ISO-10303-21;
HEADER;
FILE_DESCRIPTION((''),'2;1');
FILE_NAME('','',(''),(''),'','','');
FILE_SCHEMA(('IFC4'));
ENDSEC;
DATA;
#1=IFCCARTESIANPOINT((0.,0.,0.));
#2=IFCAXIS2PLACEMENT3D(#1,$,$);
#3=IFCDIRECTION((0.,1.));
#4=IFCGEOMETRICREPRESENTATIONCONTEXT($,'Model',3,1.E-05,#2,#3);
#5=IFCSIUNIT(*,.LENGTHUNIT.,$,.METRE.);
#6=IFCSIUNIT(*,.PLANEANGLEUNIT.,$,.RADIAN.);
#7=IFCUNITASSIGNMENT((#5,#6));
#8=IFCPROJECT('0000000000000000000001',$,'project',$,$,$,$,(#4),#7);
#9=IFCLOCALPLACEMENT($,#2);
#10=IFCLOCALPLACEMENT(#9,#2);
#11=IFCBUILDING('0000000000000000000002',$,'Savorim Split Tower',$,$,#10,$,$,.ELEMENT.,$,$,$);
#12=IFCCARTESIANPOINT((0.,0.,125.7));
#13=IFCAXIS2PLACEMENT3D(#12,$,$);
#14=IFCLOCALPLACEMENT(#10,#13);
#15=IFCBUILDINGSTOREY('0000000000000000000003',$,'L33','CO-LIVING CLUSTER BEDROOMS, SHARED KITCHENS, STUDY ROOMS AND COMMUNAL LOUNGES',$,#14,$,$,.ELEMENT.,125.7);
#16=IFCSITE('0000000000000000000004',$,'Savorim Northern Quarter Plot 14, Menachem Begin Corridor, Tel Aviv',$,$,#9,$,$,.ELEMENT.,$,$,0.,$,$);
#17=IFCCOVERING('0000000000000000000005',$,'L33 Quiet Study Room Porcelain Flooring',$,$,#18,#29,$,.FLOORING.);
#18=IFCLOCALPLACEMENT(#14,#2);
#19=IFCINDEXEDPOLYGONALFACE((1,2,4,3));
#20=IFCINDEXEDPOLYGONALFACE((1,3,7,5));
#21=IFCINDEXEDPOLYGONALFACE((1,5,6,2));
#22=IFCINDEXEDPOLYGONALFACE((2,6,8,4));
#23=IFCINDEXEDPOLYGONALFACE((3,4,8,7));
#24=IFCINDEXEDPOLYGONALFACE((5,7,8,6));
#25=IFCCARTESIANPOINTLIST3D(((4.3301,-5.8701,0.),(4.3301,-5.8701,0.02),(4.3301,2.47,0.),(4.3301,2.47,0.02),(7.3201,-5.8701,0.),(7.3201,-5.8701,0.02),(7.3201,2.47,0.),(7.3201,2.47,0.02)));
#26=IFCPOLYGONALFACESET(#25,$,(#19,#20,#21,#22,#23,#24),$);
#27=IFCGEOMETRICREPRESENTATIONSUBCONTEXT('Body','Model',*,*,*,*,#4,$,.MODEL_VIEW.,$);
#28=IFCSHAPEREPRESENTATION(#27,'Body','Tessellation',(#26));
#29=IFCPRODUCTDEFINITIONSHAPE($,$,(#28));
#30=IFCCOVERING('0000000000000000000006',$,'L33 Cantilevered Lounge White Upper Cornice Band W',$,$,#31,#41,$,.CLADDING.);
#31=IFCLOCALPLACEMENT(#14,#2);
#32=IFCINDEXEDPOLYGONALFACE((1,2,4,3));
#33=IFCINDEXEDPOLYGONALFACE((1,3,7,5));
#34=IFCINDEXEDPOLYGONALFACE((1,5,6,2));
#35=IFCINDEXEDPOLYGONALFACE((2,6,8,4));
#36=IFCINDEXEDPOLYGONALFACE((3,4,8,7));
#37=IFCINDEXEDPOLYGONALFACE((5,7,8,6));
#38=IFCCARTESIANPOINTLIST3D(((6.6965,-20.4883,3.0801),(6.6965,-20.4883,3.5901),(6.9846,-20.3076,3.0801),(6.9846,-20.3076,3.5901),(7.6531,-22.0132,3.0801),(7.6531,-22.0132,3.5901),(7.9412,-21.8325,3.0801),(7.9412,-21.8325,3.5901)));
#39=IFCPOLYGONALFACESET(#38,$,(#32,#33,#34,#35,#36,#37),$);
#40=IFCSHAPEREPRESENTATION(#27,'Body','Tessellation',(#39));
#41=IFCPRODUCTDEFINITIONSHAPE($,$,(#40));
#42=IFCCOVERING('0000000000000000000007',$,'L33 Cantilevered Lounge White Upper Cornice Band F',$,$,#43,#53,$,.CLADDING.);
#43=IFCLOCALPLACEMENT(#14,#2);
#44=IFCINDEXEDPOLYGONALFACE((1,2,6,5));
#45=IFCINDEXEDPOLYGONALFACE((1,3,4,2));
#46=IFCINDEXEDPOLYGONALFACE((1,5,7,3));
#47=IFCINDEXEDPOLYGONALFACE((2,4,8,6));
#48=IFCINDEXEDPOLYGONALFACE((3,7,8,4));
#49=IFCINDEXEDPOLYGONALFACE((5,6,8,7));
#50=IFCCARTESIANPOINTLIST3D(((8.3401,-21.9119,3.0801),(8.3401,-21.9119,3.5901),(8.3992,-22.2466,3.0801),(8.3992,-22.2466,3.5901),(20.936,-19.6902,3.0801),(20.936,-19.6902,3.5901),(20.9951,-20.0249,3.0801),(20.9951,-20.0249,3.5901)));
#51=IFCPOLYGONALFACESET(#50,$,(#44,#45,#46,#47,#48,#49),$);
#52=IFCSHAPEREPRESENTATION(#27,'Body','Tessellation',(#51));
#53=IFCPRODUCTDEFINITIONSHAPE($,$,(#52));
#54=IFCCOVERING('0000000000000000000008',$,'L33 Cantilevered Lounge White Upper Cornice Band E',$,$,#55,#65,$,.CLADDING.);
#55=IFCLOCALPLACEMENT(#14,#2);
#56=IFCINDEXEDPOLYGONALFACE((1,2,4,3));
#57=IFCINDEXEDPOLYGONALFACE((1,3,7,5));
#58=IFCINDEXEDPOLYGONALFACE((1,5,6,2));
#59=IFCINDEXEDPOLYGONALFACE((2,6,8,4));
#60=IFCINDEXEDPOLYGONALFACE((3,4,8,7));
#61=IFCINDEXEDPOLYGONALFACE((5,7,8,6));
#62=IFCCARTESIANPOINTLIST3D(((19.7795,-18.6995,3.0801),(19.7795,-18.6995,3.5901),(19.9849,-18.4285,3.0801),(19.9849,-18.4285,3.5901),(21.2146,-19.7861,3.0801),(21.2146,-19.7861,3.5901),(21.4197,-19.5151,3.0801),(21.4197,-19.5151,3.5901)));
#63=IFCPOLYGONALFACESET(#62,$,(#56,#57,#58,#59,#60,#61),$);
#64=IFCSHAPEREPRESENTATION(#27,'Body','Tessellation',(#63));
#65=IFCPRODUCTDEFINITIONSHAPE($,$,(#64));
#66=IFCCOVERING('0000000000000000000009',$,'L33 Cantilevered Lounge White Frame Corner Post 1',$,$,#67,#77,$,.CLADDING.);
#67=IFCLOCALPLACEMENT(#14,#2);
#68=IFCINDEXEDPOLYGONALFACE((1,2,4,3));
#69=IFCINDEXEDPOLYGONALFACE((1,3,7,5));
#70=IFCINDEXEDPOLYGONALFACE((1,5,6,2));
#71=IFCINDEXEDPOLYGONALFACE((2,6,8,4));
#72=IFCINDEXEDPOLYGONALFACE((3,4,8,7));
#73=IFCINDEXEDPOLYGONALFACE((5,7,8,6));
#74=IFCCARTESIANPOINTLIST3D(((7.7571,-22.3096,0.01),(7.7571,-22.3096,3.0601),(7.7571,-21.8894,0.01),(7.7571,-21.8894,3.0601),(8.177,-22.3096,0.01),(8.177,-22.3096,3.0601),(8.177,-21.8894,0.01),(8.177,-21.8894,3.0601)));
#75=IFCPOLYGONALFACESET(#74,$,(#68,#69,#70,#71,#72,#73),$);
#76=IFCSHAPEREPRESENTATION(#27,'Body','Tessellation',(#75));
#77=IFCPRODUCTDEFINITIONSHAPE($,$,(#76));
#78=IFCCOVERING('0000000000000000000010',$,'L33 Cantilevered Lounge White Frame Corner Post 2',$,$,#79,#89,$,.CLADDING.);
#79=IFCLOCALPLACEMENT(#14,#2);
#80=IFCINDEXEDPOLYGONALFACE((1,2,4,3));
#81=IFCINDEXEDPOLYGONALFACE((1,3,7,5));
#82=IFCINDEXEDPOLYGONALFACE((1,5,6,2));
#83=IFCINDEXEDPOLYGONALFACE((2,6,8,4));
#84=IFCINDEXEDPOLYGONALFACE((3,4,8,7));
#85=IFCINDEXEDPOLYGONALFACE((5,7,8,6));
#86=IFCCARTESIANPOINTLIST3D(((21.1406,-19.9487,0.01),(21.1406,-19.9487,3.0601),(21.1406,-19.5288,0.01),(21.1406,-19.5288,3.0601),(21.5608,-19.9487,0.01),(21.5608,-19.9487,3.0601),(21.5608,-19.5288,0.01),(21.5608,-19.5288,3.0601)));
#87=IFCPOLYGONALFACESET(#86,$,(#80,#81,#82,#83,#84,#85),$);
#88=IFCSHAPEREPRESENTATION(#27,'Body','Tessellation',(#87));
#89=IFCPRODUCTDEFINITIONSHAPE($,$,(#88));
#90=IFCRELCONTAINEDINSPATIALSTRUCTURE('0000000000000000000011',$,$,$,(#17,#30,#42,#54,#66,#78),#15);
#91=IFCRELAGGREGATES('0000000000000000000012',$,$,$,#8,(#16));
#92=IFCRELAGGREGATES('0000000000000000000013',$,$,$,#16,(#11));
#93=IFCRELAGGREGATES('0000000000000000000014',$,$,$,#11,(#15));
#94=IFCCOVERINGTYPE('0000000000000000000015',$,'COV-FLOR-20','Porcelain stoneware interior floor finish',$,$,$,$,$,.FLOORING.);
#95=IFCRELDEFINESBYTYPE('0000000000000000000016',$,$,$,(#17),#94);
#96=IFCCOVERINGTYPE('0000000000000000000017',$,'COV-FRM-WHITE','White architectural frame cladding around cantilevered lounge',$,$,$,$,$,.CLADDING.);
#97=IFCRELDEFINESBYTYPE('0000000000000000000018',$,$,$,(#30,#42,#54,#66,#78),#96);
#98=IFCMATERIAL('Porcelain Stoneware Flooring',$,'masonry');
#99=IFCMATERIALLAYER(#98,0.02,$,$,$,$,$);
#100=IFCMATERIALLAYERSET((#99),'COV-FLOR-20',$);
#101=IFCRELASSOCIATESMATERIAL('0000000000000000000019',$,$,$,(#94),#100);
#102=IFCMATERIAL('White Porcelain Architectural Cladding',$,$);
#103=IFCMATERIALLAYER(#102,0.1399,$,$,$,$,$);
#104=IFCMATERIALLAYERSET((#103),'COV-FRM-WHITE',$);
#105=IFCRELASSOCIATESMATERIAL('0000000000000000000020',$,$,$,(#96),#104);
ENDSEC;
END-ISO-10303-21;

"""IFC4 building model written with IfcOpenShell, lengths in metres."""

from ifc_helpers import new_model, si_unit, direction, frame, origin, place, context, subcontext, project, spatial, polyline, outline, extrude, material, layer, layer_set, type_object, element, save


model = new_model("IFC4")

# Units and contexts
model_context = context("Model", 3, precision=1e-05, world=origin(), true_north=direction((0.0, 1.0)))
body_context = subcontext(model_context, "Body", "Model", "MODEL_VIEW")
ifc_project = project(units=[si_unit("LENGTHUNIT", "METRE"), si_unit("PLANEANGLEUNIT", "RADIAN")], contexts=[model_context])

# Site, building, storey
site_placement = place(None, origin())
site = spatial("IfcSite", under=ifc_project, at=site_placement, Name="Savorim Northern Quarter Plot 14, Menachem Begin Corridor, Tel Aviv", CompositionType="ELEMENT", RefElevation=0.0)
building_placement = place(site_placement, origin())
building = spatial("IfcBuilding", under=site, at=building_placement, Name="Savorim Split Tower", CompositionType="ELEMENT")
storey_placement = place(building_placement, frame((0.0, 0.0, 125.7)))
storey = spatial("IfcBuildingStorey", under=building, at=storey_placement, Name="L33", Description="CO-LIVING CLUSTER BEDROOMS, SHARED KITCHENS, STUDY ROOMS AND COMMUNAL LOUNGES", CompositionType="ELEMENT", Elevation=125.7)

# Coverings
ifc_material_1 = material(Name="Porcelain Stoneware Flooring", Category="masonry")
ifc_layer_1 = layer(ifc_material_1, 0.02)
ifc_layer_set_1 = layer_set([ifc_layer_1], Name="COV-FLOR-20")
covering_type_1 = type_object("IfcCoveringType", Name="COV-FLOR-20", Description="Porcelain stoneware interior floor finish", PredefinedType="FLOORING", material=ifc_layer_set_1)
covering_1_placement = place(storey_placement, origin())
element("IfcCovering", 1, at=covering_1_placement, inside=storey, type_object=covering_type_1, Name="L33 Quiet Study Room Porcelain Flooring", PredefinedType="FLOORING", context=body_context, shape_type="SweptSolid", body=[
    extrude(outline(polyline([(4.3301, 2.47), (4.3301, -5.8701), (7.3201, -5.8701), (7.3201, 2.47), (4.3301, 2.47)])), origin(), (0.0, 0.0, 1.0), 0.02),
])
ifc_material_2 = material(Name="White Porcelain Architectural Cladding")
ifc_layer_2 = layer(ifc_material_2, 0.1399)
ifc_layer_set_2 = layer_set([ifc_layer_2], Name="COV-FRM-WHITE")
covering_type_2 = type_object("IfcCoveringType", Name="COV-FRM-WHITE", Description="White architectural frame cladding around cantilevered lounge", PredefinedType="CLADDING", material=ifc_layer_set_2)
covering_2_placement = place(storey_placement, frame((0.0, 0.0, 3.0801)))
element("IfcCovering", 2, at=covering_2_placement, inside=storey, type_object=covering_type_2, Name="L33 Cantilevered Lounge White Upper Cornice Band W", PredefinedType="CLADDING", context=body_context, shape_type="SweptSolid", body=[
    extrude(outline(polyline([(6.6965, -20.4883), (7.6531, -22.0132), (7.9412, -21.8325), (6.9846, -20.3076), (6.6965, -20.4883)])), origin(), (0.0, 0.0, 1.0), 0.51),
])
covering_3_placement = place(storey_placement, frame((0.0, 0.0, 3.0801)))
element("IfcCovering", 3, at=covering_3_placement, inside=storey, type_object=covering_type_2, Name="L33 Cantilevered Lounge White Upper Cornice Band F", PredefinedType="CLADDING", context=body_context, shape_type="SweptSolid", body=[
    extrude(outline(polyline([(8.3992, -22.2466), (20.9951, -20.0249), (20.936, -19.6902), (8.3401, -21.9119), (8.3992, -22.2466)])), origin(), (0.0, 0.0, 1.0), 0.51),
])
covering_4_placement = place(storey_placement, frame((0.0, 0.0, 3.0801)))
element("IfcCovering", 4, at=covering_4_placement, inside=storey, type_object=covering_type_2, Name="L33 Cantilevered Lounge White Upper Cornice Band E", PredefinedType="CLADDING", context=body_context, shape_type="SweptSolid", body=[
    extrude(outline(polyline([(21.4197, -19.5151), (19.9849, -18.4285), (19.7795, -18.6995), (21.2146, -19.7861), (21.4197, -19.5151)])), origin(), (0.0, 0.0, 1.0), 0.51),
])
covering_5_placement = place(storey_placement, frame((0.0, 0.0, 0.01)))
element("IfcCovering", 5, at=covering_5_placement, inside=storey, type_object=covering_type_2, Name="L33 Cantilevered Lounge White Frame Corner Post 1", PredefinedType="CLADDING", context=body_context, shape_type="SweptSolid", body=[
    extrude(outline(polyline([(7.7571, -22.3096), (8.177, -22.3096), (8.177, -21.8894), (7.7571, -21.8894), (7.7571, -22.3096)])), origin(), (0.0, 0.0, 1.0), 3.05),
])
covering_6_placement = place(storey_placement, frame((0.0, 0.0, 0.01)))
element("IfcCovering", 6, at=covering_6_placement, inside=storey, type_object=covering_type_2, Name="L33 Cantilevered Lounge White Frame Corner Post 2", PredefinedType="CLADDING", context=body_context, shape_type="SweptSolid", body=[
    extrude(outline(polyline([(21.1406, -19.9487), (21.5608, -19.9487), (21.5608, -19.5288), (21.1406, -19.5288), (21.1406, -19.9487)])), origin(), (0.0, 0.0, 1.0), 3.05),
])

save(model, "model.ifc")
